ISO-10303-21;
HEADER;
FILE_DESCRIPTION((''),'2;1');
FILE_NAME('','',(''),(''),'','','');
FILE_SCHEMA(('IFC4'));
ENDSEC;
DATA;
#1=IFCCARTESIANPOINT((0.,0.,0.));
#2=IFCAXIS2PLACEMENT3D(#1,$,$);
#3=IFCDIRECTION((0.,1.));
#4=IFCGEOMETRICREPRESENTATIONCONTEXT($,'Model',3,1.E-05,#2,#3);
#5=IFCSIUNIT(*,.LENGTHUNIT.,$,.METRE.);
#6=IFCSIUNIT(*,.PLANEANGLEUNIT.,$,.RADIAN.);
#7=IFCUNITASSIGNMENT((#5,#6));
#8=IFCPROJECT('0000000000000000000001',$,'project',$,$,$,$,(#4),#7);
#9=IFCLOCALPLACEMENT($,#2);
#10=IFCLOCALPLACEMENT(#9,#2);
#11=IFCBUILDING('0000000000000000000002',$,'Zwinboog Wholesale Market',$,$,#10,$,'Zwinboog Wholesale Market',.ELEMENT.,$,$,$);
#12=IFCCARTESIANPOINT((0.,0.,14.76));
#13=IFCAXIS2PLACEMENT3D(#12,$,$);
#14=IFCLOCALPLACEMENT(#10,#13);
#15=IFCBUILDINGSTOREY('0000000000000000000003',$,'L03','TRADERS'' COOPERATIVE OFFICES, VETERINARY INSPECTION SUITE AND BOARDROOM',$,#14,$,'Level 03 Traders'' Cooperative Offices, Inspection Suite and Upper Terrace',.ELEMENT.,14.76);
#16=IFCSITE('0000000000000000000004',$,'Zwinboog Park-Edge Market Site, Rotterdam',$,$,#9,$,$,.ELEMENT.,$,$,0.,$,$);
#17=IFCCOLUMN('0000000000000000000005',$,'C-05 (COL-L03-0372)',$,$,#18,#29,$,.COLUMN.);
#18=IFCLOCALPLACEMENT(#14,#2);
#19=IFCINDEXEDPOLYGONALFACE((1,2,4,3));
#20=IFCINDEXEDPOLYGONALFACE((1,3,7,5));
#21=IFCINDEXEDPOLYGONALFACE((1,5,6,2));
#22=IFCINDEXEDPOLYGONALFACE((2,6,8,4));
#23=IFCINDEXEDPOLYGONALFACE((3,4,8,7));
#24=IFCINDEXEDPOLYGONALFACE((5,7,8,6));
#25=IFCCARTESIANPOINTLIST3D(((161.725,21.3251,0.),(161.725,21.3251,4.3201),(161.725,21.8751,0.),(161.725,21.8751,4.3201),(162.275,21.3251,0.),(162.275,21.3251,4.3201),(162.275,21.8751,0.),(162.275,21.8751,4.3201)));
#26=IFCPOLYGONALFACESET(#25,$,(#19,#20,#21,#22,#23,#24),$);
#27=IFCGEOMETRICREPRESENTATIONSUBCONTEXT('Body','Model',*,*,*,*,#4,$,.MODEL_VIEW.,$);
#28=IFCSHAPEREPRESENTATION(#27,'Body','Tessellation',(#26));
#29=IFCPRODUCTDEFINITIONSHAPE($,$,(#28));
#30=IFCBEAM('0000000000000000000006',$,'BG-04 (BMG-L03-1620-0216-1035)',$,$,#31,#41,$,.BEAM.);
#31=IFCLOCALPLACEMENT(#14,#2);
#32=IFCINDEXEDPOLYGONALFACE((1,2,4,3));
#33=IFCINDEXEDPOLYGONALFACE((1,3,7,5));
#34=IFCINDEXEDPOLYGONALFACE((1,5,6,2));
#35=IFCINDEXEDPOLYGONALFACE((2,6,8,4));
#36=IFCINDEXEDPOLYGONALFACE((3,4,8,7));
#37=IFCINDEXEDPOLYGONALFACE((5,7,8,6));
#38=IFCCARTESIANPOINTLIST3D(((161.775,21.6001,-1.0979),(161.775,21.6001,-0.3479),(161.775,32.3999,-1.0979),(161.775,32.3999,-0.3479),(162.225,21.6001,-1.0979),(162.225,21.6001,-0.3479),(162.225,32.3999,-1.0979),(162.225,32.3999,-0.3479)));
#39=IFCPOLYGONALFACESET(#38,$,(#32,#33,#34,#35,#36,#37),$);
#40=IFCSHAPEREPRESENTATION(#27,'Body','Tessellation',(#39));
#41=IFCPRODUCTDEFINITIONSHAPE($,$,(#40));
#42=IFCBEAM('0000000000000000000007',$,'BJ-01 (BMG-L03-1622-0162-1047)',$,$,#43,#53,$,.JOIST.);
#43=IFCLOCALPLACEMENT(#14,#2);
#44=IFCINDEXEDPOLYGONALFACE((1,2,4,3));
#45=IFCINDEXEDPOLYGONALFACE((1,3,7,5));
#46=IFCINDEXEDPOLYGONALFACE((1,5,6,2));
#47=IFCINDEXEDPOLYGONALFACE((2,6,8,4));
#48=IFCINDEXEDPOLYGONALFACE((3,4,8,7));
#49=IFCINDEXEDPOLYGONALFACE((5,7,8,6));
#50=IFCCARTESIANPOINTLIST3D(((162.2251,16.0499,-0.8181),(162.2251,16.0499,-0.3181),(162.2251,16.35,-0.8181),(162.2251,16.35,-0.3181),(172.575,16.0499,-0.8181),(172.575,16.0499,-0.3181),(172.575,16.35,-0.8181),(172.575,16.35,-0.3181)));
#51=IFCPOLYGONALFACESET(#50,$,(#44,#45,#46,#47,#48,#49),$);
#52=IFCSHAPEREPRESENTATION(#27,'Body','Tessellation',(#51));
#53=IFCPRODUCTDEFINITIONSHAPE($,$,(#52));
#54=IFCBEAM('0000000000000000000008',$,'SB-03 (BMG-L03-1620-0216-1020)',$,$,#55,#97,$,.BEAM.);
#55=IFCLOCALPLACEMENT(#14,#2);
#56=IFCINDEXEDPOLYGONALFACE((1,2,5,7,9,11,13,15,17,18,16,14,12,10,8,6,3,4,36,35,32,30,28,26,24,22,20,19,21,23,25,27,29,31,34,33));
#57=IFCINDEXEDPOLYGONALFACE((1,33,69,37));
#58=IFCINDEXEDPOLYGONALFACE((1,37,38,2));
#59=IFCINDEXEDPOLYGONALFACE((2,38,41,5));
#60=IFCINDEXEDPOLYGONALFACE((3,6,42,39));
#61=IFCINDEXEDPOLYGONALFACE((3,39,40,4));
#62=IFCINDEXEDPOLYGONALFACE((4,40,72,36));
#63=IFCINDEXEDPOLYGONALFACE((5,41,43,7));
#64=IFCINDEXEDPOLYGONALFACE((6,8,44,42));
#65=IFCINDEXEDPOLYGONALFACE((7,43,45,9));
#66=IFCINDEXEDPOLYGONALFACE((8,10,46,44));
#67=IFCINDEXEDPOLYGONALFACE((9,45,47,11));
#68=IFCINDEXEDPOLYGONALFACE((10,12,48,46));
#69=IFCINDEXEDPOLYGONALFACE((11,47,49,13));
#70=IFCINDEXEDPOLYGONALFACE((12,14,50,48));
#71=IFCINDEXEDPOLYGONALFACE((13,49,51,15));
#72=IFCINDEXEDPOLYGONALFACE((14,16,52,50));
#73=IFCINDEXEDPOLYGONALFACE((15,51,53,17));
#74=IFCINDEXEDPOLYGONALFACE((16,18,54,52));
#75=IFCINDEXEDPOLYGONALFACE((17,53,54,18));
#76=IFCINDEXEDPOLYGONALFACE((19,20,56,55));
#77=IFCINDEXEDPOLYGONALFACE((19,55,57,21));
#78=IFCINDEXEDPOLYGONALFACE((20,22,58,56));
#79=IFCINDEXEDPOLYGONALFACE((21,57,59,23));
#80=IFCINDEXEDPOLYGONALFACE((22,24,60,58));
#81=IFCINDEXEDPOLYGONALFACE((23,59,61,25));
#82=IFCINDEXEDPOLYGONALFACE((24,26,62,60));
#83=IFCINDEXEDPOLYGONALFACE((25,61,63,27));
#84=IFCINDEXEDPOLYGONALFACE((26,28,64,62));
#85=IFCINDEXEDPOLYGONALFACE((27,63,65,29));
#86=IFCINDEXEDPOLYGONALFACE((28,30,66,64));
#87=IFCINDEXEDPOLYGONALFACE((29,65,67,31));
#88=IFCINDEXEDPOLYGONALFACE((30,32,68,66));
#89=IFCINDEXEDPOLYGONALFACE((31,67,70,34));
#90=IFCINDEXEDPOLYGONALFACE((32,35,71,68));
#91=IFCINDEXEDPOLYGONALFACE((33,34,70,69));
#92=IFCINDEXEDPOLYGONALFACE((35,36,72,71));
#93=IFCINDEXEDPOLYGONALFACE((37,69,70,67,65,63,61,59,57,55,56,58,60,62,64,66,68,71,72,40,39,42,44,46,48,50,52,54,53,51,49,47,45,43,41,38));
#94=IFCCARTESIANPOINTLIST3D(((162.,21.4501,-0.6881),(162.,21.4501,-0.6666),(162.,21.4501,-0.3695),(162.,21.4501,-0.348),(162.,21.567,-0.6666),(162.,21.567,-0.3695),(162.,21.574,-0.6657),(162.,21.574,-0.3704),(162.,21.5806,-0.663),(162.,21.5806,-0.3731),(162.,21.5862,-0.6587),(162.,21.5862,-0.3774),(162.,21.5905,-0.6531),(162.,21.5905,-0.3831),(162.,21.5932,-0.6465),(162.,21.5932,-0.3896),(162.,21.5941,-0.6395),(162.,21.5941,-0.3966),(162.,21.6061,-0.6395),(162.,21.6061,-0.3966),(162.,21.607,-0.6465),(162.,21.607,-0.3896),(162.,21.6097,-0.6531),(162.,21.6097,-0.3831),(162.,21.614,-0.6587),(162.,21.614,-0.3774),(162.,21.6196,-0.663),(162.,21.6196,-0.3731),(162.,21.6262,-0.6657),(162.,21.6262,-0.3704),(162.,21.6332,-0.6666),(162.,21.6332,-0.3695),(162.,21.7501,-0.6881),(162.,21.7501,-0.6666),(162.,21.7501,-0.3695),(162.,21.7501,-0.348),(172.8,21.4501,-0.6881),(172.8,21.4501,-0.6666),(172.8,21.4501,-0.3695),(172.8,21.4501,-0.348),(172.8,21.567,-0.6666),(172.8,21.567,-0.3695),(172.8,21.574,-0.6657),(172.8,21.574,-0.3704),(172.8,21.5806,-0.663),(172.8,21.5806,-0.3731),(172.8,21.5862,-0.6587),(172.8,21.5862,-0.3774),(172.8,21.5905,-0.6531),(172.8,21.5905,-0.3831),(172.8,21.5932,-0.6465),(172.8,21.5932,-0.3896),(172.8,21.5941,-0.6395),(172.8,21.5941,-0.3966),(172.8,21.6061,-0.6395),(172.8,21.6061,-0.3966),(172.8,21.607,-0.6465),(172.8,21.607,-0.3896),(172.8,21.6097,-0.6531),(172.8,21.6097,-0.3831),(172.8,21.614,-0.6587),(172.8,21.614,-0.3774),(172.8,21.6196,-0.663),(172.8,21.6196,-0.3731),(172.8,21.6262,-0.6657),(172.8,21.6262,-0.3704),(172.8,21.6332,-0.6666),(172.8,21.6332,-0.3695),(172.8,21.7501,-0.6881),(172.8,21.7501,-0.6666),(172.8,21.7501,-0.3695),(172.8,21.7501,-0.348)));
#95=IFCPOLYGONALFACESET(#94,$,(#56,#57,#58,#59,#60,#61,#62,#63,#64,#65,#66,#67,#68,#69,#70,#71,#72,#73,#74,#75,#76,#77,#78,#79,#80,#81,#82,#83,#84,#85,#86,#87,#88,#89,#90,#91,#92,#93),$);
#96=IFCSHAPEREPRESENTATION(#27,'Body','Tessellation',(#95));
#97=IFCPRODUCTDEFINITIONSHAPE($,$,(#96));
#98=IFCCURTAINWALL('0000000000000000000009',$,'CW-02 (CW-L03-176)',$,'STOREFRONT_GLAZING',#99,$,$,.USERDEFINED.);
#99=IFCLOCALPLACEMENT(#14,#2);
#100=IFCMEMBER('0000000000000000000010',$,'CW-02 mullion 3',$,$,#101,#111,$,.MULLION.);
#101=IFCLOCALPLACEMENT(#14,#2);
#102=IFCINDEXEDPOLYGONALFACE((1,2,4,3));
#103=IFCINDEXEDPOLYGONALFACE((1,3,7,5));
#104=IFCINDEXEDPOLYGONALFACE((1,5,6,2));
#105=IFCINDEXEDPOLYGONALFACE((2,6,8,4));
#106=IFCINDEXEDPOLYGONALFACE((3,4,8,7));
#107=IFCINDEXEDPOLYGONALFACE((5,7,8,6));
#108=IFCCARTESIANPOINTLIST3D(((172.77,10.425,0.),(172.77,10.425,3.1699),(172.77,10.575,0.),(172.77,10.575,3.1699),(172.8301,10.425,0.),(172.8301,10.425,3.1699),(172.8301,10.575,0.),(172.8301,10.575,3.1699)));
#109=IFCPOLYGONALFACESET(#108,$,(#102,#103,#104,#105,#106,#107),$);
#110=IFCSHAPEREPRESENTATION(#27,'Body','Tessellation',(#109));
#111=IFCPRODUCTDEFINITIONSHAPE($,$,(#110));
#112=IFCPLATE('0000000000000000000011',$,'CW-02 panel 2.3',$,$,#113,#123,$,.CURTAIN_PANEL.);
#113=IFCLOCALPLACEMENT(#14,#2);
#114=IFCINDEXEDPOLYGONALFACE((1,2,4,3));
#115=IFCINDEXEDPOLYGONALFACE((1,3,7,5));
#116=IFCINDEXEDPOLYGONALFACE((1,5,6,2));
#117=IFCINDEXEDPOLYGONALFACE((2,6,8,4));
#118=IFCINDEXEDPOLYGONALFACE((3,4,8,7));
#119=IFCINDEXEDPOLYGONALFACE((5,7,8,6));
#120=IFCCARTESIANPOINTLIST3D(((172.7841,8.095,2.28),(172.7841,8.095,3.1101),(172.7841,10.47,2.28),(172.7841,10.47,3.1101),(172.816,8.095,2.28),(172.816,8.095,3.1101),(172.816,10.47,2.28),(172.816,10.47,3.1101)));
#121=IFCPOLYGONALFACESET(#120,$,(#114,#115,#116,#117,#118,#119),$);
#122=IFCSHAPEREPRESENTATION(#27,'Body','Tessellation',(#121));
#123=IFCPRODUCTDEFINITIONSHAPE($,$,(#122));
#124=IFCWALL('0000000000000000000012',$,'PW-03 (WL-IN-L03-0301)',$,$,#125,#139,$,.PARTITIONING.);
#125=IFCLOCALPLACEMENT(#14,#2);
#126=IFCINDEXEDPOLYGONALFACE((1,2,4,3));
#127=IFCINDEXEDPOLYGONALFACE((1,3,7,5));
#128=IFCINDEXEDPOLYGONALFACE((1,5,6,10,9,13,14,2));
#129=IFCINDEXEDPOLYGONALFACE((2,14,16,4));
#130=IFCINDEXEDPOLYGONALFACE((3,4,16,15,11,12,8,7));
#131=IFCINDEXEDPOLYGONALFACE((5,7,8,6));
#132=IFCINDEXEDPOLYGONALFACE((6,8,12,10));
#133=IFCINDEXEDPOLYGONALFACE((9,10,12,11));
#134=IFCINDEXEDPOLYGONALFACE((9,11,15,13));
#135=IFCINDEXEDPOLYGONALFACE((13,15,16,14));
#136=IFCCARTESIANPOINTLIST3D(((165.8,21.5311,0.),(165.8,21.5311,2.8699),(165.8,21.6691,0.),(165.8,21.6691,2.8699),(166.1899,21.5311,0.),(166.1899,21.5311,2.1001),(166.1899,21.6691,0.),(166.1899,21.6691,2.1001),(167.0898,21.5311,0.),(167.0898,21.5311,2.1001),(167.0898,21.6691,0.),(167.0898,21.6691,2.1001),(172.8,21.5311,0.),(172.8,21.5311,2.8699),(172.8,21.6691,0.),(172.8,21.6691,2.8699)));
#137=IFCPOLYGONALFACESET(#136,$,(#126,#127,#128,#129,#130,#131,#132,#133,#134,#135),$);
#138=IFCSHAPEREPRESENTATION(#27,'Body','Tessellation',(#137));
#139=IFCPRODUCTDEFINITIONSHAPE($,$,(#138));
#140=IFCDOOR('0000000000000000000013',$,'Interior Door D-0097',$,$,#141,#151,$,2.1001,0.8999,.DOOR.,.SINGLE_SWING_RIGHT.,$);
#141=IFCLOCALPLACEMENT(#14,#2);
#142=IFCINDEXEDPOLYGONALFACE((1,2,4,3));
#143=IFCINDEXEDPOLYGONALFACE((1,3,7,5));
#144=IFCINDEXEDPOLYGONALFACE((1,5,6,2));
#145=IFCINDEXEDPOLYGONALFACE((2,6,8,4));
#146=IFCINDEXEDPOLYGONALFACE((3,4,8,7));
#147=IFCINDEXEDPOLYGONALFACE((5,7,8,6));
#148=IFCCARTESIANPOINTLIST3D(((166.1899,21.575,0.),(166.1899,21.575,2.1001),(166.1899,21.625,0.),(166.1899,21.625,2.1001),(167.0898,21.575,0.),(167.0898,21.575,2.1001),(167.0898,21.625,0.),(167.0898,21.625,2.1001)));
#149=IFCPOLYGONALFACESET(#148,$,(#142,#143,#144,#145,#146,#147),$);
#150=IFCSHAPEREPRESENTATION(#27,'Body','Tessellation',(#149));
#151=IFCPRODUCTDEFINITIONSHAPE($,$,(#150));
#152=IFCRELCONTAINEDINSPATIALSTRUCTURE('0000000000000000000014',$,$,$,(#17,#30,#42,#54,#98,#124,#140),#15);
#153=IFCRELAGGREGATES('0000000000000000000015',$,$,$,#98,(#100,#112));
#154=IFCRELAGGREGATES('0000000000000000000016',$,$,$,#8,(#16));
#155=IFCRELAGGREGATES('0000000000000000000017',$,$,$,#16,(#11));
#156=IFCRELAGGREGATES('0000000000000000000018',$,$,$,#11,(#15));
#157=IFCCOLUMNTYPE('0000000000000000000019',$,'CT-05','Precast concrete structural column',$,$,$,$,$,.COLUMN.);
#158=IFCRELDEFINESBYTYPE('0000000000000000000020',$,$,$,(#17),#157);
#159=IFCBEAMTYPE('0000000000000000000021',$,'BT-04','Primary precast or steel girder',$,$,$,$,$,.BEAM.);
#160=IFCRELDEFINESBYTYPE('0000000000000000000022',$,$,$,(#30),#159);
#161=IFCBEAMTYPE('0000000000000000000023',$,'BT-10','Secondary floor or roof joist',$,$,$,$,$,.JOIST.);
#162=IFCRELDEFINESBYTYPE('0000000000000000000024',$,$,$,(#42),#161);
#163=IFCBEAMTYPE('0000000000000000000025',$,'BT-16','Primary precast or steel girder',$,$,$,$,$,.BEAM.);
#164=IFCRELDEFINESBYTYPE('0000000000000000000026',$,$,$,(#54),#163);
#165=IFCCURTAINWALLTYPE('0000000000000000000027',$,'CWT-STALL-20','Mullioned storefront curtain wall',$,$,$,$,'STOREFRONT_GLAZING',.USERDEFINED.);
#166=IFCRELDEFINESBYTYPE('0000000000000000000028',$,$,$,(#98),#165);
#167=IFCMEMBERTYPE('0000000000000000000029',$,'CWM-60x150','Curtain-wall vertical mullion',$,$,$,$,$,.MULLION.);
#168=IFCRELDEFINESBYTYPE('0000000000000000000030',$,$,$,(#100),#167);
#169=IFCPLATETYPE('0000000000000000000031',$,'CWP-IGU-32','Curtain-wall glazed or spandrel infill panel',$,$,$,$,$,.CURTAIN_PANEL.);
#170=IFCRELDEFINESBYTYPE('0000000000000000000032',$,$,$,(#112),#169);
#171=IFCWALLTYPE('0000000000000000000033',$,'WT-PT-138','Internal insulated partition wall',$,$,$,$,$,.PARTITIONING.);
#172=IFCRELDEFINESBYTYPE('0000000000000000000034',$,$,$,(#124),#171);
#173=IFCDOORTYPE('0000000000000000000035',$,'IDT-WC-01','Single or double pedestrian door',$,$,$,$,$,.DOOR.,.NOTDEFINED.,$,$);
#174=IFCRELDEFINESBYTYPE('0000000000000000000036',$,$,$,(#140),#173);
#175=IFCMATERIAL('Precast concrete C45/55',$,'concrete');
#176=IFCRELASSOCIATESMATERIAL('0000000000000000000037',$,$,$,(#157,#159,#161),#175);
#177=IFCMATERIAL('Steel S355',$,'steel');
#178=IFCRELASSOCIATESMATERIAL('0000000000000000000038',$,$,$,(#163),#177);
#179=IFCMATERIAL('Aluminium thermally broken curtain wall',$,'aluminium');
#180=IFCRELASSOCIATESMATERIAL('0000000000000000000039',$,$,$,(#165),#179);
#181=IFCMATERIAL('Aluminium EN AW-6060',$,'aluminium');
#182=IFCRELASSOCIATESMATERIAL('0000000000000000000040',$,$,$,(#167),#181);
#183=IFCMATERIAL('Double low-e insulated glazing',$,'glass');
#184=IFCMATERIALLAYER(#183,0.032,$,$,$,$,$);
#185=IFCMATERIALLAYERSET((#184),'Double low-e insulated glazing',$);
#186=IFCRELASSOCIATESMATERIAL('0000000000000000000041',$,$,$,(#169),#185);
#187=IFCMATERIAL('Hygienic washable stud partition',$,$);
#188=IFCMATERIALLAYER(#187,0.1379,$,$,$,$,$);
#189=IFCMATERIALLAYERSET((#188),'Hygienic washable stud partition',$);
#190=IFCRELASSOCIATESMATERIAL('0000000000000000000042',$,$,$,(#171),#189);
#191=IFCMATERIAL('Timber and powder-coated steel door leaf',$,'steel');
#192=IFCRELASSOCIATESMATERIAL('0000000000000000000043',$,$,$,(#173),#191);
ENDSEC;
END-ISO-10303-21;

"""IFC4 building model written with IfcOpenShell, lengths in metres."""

from ifc_helpers import new_model, si_unit, direction, frame, frame_2d, origin, origin_2d, place, context, subcontext, project, spatial, rectangle, i_section, extrude, material, layer, layer_set, material_profile, profile_set, type_object, element, fill, aggregate, save


model = new_model("IFC4")

# Units and contexts
model_context = context("Model", 3, precision=1e-05, world=origin(), true_north=direction((0.0, 1.0)))
body_context = subcontext(model_context, "Body", "Model", "MODEL_VIEW")
ifc_project = project(units=[si_unit("LENGTHUNIT", "METRE"), si_unit("PLANEANGLEUNIT", "RADIAN")], contexts=[model_context])

# Site, building, storey
site_placement = place(None, origin())
site = spatial("IfcSite", under=ifc_project, at=site_placement, Name="Zwinboog Park-Edge Market Site, Rotterdam", CompositionType="ELEMENT", RefElevation=0.0)
building_placement = place(site_placement, origin())
building = spatial("IfcBuilding", under=site, at=building_placement, Name="Zwinboog Wholesale Market", LongName="Zwinboog Wholesale Market", CompositionType="ELEMENT")
storey_placement = place(building_placement, frame((0.0, 0.0, 14.76)))
storey = spatial("IfcBuildingStorey", under=building, at=storey_placement, Name="L03", Description="TRADERS' COOPERATIVE OFFICES, VETERINARY INSPECTION SUITE AND BOARDROOM", LongName="Level 03 Traders' Cooperative Offices, Inspection Suite and Upper Terrace", CompositionType="ELEMENT", Elevation=14.76)

# Column
ifc_material_1 = material(Name="Precast concrete C45/55", Category="concrete")
ifc_material_profile_1 = material_profile(ifc_material_1, rectangle(XDim=0.55, YDim=0.55, at=origin_2d()), Name="PC 550x550")
ifc_profile_set_1 = profile_set([ifc_material_profile_1], Name="Precast concrete C45/55")
column_type = type_object("IfcColumnType", Name="CT-05", Description="Precast concrete structural column", PredefinedType="COLUMN", material=ifc_profile_set_1)
column_placement = place(storey_placement, frame((162.0, 21.6001, 0.0), z_axis=(0.0, 0.0, 1.0), x_axis=(1.0, 0.0, 0.0)))
element("IfcColumn", 1, at=column_placement, inside=storey, type_object=column_type, Name="C-05 (COL-L03-0372)", PredefinedType="COLUMN", context=body_context, shape_type="SweptSolid", body=[
    extrude(rectangle(XDim=0.55, YDim=0.55, at=origin_2d()), origin(), (0.0, 0.0, 1.0), 4.3201),
])

# Beams
ifc_material_profile_2 = material_profile(ifc_material_1, rectangle(XDim=0.45, YDim=0.75, at=origin_2d()), Name="PC 450x750")
ifc_profile_set_2 = profile_set([ifc_material_profile_2], Name="Precast concrete C45/55")
beam_type_1 = type_object("IfcBeamType", Name="BT-04", Description="Primary precast or steel girder", PredefinedType="BEAM", material=ifc_profile_set_2)
beam_1_placement = place(storey_placement, frame((162.0, 21.6001, -0.7229), z_axis=(0.0, 1.0, 0.0), x_axis=(-1.0, 0.0, 0.0)))
element("IfcBeam", 2, at=beam_1_placement, inside=storey, type_object=beam_type_1, Name="BG-04 (BMG-L03-1620-0216-1035)", PredefinedType="BEAM", context=body_context, shape_type="SweptSolid", body=[
    extrude(rectangle(XDim=0.45, YDim=0.75, at=origin_2d()), origin(), (0.0, 0.0, 1.0), 10.7998),
])
ifc_material_profile_3 = material_profile(ifc_material_1, rectangle(XDim=0.3, YDim=0.5, at=origin_2d()), Name="PC 300x500")
ifc_profile_set_3 = profile_set([ifc_material_profile_3], Name="Precast concrete C45/55")
beam_type_2 = type_object("IfcBeamType", Name="BT-10", Description="Secondary floor or roof joist", PredefinedType="JOIST", material=ifc_profile_set_3)
beam_2_placement = place(storey_placement, frame((162.2251, 16.2, -0.5681), z_axis=(1.0, 0.0, 0.0), x_axis=(0.0, 1.0, 0.0)))
element("IfcBeam", 3, at=beam_2_placement, inside=storey, type_object=beam_type_2, Name="BJ-01 (BMG-L03-1622-0162-1047)", PredefinedType="JOIST", context=body_context, shape_type="SweptSolid", body=[
    extrude(rectangle(XDim=0.3, YDim=0.5, at=origin_2d()), origin(), (0.0, 0.0, 1.0), 10.3499),
])
ifc_material_2 = material(Name="Steel S355", Category="steel")
ifc_material_profile_4 = material_profile(ifc_material_2, i_section(OverallWidth=0.3, OverallDepth=0.3401, WebThickness=0.012, FlangeThickness=0.0215, FilletRadius=0.0271, at=origin_2d()), Name="HEB 340")
ifc_profile_set_4 = profile_set([ifc_material_profile_4], Name="Steel S355")
beam_type_3 = type_object("IfcBeamType", Name="BT-16", Description="Primary precast or steel girder", PredefinedType="BEAM", material=ifc_profile_set_4)
beam_3_placement = place(storey_placement, frame((162.0, 21.6001, -0.5181), z_axis=(1.0, 0.0, 0.0), x_axis=(0.0, 1.0, 0.0)))
element("IfcBeam", 4, at=beam_3_placement, inside=storey, type_object=beam_type_3, Name="SB-03 (BMG-L03-1620-0216-1020)", PredefinedType="BEAM", context=body_context, shape_type="SweptSolid", body=[
    extrude(i_section(OverallWidth=0.3, OverallDepth=0.3401, WebThickness=0.012, FlangeThickness=0.0215, FilletRadius=0.0271, at=origin_2d()), origin(), (0.0, 0.0, 1.0), 10.8),
])

# Curtain wall, member, plate
ifc_material_3 = material(Name="Aluminium thermally broken curtain wall", Category="aluminium")
curtain_wall_type = type_object("IfcCurtainWallType", Name="CWT-STALL-20", Description="Mullioned storefront curtain wall", ElementType="STOREFRONT_GLAZING", PredefinedType="USERDEFINED", material=ifc_material_3)
curtain_wall_placement = place(storey_placement, origin())
curtain_wall = element("IfcCurtainWall", 5, at=curtain_wall_placement, inside=storey, type_object=curtain_wall_type, Name="CW-02 (CW-L03-176)", ObjectType="STOREFRONT_GLAZING", PredefinedType="USERDEFINED")
ifc_material_4 = material(Name="Aluminium EN AW-6060", Category="aluminium")
ifc_material_profile_5 = material_profile(ifc_material_4, rectangle(XDim=0.0601, YDim=0.1499, at=origin_2d()), Name="AL 60x150")
ifc_profile_set_5 = profile_set([ifc_material_profile_5], Name="Aluminium EN AW-6060")
member_type = type_object("IfcMemberType", Name="CWM-60x150", Description="Curtain-wall vertical mullion", PredefinedType="MULLION", material=ifc_profile_set_5)
member_placement = place(storey_placement, frame((172.8, 10.5, 0.0), z_axis=(0.0, 0.0, 1.0), x_axis=(-1.0, 0.0, 0.0)))
member = element("IfcMember", 6, at=member_placement, type_object=member_type, Name="CW-02 mullion 3", PredefinedType="MULLION", context=body_context, shape_type="SweptSolid", body=[
    extrude(rectangle(XDim=0.0601, YDim=0.1499, at=origin_2d()), origin(), (0.0, 0.0, 1.0), 3.1699),
])
ifc_material_5 = material(Name="Double low-e insulated glazing", Category="glass")
ifc_layer_1 = layer(ifc_material_5, 0.032)
ifc_layer_set_1 = layer_set([ifc_layer_1], Name="Double low-e insulated glazing")
plate_type = type_object("IfcPlateType", Name="CWP-IGU-32", Description="Curtain-wall glazed or spandrel infill panel", PredefinedType="CURTAIN_PANEL", material=ifc_layer_set_1)
plate_placement = place(storey_placement, frame((172.8, 9.2825, 2.28), z_axis=(0.0, 0.0, 1.0), x_axis=(0.0, 1.0, 0.0)))
plate = element("IfcPlate", 7, at=plate_placement, type_object=plate_type, Name="CW-02 panel 2.3", PredefinedType="CURTAIN_PANEL", context=body_context, shape_type="SweptSolid", body=[
    extrude(rectangle(XDim=2.375, YDim=0.032, at=origin_2d()), origin(), (0.0, 0.0, 1.0), 0.8301),
])
aggregate(curtain_wall, [member, plate])

# Wall, opening, door
ifc_material_6 = material(Name="Hygienic washable stud partition")
ifc_layer_2 = layer(ifc_material_6, 0.1379)
ifc_layer_set_2 = layer_set([ifc_layer_2], Name="Hygienic washable stud partition")
wall_type_1 = type_object("IfcWallType", Name="WT-PT-138", Description="Internal insulated partition wall", PredefinedType="PARTITIONING", material=ifc_layer_set_2)
wall_1_placement = place(storey_placement, frame((165.8, 21.6001, 0.0), z_axis=(0.0, 0.0, 1.0), x_axis=(1.0, 0.0, 0.0)))
wall_1 = element("IfcWall", 8, at=wall_1_placement, inside=storey, type_object=wall_type_1, Name="PW-03 (WL-IN-L03-0301)", PredefinedType="PARTITIONING", context=body_context, shape_type="SweptSolid", body=[
    extrude(rectangle(XDim=7.0, YDim=0.1379, at=frame_2d((3.5, 0.0))), origin(), (0.0, 0.0, 1.0), 2.8699),
])
opening_1_placement = place(wall_1_placement, frame((0.3899, 0.0, 0.0)))
opening_1 = element("IfcOpeningElement", 9, at=opening_1_placement, cuts=wall_1, PredefinedType="OPENING", context=body_context, shape_type="SweptSolid", body=[
    extrude(rectangle(XDim=0.8999, YDim=2.1001, at=frame_2d((0.45, 1.05))), frame((0.0, 0.0789, 0.0), z_axis=(0.0, -1.0, 0.0), x_axis=(1.0, 0.0, 0.0)), (0.0, 0.0, 1.0), 0.158),
])
ifc_material_7 = material(Name="Timber and powder-coated steel door leaf", Category="steel")
door_type_1 = type_object("IfcDoorType", Name="IDT-WC-01", Description="Single or double pedestrian door", OperationType="NOTDEFINED", PredefinedType="DOOR", material=ifc_material_7)
door_1_placement = place(opening_1_placement, origin())
door_1 = element("IfcDoor", 10, at=door_1_placement, inside=storey, type_object=door_type_1, Name="Interior Door D-0097", OperationType="SINGLE_SWING_RIGHT", OverallHeight=2.1001, OverallWidth=0.8999, PredefinedType="DOOR", context=body_context, shape_type="SweptSolid", body=[
    extrude(rectangle(XDim=0.8999, YDim=2.1001, at=frame_2d((0.45, 1.05))), frame((0.0, 0.0249, 0.0), z_axis=(0.0, -1.0, 0.0), x_axis=(1.0, 0.0, 0.0)), (0.0, 0.0, 1.0), 0.05),
])
fill(opening_1, door_1)

save(model, "model.ifc")
